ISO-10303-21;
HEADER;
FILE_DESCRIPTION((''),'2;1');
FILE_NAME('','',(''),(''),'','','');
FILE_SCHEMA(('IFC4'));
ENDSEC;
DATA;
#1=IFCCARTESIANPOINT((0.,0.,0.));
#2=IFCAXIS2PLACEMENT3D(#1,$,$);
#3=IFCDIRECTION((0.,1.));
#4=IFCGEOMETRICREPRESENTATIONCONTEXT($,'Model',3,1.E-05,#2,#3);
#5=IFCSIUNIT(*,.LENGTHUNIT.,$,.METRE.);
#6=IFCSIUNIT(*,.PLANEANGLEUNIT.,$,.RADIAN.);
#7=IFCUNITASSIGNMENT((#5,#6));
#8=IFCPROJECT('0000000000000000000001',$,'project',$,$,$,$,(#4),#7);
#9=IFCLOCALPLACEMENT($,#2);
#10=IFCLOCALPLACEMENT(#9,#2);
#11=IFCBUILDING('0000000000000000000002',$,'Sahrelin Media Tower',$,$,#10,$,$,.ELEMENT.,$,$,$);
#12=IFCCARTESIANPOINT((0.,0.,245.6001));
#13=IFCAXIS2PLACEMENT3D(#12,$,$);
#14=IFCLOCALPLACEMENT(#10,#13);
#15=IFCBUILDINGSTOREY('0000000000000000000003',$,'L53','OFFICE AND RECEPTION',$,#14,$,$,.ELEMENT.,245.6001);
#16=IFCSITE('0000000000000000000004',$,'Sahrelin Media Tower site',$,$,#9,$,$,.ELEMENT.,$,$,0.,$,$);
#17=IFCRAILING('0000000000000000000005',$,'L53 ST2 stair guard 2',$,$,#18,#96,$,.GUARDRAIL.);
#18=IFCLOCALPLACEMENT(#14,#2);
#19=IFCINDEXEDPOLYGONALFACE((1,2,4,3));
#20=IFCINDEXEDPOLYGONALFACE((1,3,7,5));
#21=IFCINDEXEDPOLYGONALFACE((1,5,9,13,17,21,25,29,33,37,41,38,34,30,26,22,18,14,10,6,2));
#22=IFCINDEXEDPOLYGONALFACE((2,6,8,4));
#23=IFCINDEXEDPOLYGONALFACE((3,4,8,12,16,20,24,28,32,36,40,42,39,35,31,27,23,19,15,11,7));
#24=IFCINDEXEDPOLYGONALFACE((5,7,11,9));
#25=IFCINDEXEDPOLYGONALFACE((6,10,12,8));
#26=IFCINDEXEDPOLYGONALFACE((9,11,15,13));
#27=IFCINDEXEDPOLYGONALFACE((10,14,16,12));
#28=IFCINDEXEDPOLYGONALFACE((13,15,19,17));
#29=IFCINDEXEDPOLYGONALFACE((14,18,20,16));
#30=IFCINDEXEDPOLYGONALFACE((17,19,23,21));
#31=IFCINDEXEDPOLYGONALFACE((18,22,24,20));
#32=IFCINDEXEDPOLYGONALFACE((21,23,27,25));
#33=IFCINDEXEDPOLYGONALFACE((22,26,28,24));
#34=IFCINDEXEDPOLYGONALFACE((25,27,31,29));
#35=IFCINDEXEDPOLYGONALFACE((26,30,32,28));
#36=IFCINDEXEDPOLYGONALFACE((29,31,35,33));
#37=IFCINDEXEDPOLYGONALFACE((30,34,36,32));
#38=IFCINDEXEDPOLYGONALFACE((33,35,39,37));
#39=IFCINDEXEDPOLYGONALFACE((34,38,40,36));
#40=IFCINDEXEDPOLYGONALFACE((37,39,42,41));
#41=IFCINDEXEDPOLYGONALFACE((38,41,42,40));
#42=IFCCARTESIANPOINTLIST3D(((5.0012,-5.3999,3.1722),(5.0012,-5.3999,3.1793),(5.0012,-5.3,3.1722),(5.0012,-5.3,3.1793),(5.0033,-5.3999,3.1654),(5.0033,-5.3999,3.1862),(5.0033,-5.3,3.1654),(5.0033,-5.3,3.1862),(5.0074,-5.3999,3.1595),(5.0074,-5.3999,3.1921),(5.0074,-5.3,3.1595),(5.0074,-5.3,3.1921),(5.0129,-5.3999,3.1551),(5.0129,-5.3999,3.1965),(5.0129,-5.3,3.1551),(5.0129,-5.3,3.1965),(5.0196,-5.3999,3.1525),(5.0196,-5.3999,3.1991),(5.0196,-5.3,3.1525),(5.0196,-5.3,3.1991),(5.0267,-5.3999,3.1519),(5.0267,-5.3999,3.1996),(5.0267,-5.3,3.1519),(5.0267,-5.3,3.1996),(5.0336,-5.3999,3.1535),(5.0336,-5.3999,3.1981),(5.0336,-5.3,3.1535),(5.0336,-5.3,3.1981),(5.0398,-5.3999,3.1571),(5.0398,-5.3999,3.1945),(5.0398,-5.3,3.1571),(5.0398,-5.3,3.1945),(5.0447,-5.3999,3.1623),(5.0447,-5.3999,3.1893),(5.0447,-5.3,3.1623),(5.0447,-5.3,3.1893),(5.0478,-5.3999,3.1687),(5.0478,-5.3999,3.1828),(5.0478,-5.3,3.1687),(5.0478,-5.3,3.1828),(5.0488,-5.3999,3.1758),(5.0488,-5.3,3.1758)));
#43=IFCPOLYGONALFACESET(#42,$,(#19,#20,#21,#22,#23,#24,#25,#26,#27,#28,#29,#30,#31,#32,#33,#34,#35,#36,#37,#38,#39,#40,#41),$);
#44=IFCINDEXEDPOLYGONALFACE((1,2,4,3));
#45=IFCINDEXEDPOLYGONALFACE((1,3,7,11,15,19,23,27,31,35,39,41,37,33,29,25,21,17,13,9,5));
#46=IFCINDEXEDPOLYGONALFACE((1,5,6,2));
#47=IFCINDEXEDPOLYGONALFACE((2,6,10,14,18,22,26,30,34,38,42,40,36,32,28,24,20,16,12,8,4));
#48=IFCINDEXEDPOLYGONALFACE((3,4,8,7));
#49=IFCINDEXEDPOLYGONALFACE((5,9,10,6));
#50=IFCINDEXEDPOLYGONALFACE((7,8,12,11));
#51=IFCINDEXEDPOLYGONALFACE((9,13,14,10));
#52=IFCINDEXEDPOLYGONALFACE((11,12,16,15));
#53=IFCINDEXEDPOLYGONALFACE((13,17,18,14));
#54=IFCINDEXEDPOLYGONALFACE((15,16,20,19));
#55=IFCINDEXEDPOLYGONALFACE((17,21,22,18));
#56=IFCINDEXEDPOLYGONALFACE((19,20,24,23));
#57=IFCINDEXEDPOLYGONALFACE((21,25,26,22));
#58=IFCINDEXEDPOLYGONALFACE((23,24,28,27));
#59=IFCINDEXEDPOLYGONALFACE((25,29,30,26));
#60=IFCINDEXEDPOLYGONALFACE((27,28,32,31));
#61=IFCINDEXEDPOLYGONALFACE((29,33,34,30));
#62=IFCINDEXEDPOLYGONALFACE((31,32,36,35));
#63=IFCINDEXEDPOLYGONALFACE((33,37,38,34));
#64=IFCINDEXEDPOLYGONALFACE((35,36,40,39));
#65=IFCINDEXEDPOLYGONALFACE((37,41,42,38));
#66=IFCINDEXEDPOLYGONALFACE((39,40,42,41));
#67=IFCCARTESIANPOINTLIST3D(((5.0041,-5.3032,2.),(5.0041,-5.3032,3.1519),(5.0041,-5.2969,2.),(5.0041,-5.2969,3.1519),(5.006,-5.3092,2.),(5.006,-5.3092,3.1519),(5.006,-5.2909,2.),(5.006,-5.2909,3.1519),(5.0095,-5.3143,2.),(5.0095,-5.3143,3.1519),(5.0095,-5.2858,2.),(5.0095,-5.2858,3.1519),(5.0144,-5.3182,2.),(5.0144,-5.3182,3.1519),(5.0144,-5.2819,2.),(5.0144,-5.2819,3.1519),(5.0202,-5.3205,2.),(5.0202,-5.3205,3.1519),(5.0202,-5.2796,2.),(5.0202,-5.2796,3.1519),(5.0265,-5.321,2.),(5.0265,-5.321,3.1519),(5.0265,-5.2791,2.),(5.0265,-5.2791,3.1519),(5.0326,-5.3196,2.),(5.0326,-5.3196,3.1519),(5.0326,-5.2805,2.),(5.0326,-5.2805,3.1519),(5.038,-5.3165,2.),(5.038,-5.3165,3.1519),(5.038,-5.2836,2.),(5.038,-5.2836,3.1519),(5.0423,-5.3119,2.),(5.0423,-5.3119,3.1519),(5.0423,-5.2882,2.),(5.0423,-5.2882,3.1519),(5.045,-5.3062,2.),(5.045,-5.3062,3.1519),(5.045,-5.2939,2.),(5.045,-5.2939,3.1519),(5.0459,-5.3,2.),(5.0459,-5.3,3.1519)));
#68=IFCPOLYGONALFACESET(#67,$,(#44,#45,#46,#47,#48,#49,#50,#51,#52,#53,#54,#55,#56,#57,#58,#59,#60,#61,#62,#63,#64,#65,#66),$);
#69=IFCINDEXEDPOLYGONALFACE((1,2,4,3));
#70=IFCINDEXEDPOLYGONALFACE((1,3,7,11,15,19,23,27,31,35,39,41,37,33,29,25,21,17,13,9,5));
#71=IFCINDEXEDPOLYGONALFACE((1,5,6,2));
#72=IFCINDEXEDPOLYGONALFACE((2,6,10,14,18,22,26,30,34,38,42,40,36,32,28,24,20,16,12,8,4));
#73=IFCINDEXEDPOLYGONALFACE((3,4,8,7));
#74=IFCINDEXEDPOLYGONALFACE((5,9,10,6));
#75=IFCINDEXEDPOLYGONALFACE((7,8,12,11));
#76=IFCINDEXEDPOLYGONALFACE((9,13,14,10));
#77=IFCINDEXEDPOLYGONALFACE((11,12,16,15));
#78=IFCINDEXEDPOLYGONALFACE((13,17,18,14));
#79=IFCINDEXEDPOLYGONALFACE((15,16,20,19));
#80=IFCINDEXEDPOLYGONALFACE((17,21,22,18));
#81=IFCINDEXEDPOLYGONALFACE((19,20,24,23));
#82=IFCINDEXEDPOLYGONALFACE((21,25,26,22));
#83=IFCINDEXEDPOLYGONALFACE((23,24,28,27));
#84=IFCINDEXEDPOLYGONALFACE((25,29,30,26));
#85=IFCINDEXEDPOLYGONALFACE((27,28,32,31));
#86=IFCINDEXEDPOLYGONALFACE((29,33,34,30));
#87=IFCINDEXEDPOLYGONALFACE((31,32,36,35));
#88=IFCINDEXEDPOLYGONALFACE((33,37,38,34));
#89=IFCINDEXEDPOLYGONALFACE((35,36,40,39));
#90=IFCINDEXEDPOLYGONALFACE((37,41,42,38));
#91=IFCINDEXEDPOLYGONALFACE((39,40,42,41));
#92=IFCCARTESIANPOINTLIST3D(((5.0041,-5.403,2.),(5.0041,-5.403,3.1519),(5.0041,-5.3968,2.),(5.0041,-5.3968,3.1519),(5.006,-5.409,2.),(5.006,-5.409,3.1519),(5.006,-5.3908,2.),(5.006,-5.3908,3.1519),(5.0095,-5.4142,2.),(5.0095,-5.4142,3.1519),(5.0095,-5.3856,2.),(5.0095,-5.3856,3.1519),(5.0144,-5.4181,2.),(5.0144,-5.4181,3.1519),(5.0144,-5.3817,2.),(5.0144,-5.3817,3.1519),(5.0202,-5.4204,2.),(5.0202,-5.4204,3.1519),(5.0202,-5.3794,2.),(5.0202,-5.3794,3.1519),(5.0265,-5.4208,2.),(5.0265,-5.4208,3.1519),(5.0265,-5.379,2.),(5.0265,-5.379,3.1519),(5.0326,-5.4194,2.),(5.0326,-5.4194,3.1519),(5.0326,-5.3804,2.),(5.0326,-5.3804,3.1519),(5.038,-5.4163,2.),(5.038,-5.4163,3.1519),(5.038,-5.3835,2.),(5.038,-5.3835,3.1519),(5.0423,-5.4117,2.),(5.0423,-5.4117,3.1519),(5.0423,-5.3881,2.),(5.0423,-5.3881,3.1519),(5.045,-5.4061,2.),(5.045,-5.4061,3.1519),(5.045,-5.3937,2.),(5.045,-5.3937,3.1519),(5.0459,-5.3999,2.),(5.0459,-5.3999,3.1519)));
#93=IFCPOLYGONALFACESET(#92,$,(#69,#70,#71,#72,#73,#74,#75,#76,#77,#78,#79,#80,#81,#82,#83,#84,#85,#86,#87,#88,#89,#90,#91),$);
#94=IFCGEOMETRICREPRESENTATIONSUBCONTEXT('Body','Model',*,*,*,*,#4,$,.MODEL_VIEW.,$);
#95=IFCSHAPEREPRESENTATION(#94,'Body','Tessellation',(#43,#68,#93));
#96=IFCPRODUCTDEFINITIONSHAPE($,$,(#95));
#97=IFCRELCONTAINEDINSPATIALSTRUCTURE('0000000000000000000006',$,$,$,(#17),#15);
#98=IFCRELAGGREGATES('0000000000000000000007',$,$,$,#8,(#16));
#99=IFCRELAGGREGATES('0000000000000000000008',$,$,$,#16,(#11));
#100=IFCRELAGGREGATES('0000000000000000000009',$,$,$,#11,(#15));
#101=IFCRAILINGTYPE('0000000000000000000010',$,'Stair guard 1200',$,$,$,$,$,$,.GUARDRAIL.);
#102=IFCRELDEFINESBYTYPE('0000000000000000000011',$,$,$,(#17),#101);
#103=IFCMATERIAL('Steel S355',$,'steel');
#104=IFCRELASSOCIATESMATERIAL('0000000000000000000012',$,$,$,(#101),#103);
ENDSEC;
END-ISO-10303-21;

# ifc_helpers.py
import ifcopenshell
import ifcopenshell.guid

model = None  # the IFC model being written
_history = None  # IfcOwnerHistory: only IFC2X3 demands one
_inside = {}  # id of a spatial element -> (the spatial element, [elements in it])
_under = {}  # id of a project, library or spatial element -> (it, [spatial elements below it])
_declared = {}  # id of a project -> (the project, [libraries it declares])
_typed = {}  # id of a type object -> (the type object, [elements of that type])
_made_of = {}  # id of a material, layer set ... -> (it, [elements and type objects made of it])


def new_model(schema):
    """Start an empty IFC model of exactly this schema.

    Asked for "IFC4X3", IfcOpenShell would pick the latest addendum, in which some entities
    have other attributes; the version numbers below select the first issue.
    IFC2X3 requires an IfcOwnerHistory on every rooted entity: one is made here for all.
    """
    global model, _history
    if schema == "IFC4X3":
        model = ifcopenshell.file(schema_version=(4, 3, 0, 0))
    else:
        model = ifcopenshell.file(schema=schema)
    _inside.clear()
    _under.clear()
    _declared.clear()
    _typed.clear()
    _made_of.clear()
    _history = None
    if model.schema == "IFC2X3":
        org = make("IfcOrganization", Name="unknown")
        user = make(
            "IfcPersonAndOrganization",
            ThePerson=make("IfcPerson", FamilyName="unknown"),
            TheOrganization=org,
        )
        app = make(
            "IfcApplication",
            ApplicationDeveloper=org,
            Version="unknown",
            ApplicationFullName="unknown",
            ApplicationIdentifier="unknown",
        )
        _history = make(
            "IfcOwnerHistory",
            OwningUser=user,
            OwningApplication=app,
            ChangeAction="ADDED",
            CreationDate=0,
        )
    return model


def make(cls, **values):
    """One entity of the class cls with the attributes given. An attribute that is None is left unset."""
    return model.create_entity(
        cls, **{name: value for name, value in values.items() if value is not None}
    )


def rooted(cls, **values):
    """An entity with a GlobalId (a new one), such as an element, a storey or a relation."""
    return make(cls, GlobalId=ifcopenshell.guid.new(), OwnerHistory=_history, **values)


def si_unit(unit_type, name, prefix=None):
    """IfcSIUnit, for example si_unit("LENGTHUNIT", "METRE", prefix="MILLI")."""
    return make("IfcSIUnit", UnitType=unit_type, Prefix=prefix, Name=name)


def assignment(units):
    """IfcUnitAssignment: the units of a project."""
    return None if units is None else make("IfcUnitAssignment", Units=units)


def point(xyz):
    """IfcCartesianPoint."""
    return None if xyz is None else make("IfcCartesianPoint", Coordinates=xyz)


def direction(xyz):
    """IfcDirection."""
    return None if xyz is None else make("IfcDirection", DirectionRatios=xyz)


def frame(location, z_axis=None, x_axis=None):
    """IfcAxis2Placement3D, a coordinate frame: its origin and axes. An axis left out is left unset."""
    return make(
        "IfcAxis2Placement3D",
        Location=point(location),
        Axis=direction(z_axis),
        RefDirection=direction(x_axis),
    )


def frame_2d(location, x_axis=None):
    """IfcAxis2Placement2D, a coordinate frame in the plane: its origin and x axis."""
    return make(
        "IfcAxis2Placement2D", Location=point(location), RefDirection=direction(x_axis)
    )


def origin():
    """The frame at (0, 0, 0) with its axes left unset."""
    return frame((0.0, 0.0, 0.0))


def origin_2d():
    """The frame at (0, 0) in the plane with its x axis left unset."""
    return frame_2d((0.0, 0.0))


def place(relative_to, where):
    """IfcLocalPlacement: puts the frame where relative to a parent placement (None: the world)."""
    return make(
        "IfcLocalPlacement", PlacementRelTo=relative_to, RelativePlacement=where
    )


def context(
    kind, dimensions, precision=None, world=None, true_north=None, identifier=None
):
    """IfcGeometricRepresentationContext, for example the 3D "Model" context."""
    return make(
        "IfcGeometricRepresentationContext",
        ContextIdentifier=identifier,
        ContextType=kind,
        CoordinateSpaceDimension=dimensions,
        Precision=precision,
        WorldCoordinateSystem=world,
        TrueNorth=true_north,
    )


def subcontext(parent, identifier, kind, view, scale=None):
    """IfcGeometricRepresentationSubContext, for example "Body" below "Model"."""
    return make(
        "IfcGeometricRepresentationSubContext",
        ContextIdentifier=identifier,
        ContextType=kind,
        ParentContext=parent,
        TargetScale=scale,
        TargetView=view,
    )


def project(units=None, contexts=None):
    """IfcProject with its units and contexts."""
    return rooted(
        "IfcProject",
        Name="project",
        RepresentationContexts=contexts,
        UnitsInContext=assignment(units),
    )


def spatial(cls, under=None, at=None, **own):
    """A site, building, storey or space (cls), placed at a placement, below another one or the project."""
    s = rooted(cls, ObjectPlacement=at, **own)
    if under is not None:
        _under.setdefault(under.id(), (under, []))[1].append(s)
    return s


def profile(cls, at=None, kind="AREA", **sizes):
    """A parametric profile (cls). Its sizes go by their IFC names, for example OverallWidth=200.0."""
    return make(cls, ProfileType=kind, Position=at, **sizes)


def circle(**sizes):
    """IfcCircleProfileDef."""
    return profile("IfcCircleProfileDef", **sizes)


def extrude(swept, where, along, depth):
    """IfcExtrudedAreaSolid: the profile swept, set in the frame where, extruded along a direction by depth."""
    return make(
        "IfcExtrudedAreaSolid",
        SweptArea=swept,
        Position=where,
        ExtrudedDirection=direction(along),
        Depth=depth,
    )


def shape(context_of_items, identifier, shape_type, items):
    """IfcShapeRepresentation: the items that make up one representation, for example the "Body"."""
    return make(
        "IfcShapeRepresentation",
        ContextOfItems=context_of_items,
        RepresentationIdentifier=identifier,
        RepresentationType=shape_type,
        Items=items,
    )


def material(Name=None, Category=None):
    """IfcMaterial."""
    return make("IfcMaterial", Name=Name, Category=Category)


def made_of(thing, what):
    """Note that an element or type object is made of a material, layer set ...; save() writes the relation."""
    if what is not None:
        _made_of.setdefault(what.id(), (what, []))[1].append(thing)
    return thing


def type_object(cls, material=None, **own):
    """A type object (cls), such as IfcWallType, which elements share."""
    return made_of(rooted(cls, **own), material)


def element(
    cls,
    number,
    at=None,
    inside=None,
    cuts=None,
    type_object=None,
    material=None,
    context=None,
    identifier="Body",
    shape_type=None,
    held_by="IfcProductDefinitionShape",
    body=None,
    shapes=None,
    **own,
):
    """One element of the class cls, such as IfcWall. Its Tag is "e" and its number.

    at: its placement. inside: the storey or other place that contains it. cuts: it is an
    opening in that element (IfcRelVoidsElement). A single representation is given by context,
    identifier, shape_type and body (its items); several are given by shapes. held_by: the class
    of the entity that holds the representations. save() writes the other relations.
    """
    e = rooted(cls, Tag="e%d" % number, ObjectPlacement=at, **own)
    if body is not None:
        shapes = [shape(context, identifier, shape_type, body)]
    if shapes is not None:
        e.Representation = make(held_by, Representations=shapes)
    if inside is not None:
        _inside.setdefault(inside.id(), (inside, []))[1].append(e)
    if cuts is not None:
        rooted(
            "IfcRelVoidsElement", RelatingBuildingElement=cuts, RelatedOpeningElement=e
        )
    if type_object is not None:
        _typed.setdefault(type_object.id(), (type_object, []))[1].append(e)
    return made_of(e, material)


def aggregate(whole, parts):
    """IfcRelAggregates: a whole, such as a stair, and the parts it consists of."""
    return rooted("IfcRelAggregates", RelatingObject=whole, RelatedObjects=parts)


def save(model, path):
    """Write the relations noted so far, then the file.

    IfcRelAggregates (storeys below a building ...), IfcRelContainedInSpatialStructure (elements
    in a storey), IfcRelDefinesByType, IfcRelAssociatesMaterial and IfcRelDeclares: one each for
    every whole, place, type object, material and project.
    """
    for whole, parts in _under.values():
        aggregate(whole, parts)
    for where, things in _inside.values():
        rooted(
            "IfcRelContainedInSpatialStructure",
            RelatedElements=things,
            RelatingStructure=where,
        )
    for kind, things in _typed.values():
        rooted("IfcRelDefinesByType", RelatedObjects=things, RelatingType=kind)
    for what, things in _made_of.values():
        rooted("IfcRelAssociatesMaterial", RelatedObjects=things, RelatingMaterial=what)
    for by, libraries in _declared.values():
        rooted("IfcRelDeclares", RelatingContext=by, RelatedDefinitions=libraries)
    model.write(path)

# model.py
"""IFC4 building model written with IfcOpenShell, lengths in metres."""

from ifc_helpers import new_model, si_unit, direction, frame, origin, origin_2d, place, context, subcontext, project, spatial, circle, extrude, material, type_object, element, save


model = new_model("IFC4")

# Units and contexts
model_context = context("Model", 3, precision=1e-05, world=origin(), true_north=direction((0.0, 1.0)))
body_context = subcontext(model_context, "Body", "Model", "MODEL_VIEW")
ifc_project = project(units=[si_unit("LENGTHUNIT", "METRE"), si_unit("PLANEANGLEUNIT", "RADIAN")], contexts=[model_context])

# Site, building, storey
site_placement = place(None, origin())
site = spatial("IfcSite", under=ifc_project, at=site_placement, Name="Sahrelin Media Tower site", CompositionType="ELEMENT", RefElevation=0.0)
building_placement = place(site_placement, origin())
building = spatial("IfcBuilding", under=site, at=building_placement, Name="Sahrelin Media Tower", CompositionType="ELEMENT")
storey_placement = place(building_placement, frame((0.0, 0.0, 245.6001)))
storey = spatial("IfcBuildingStorey", under=building, at=storey_placement, Name="L53", Description="OFFICE AND RECEPTION", CompositionType="ELEMENT", Elevation=245.6001)

# Shared definitions
ifc_material_1 = material(Name="Steel S355", Category="steel")

# Railing
railing_type_1 = type_object("IfcRailingType", Name="Stair guard 1200", PredefinedType="GUARDRAIL", material=ifc_material_1)
railing_1_placement = place(storey_placement, frame((5.0249, -5.3, 2.0)))
element("IfcRailing", 1, at=railing_1_placement, inside=storey, type_object=railing_type_1, Name="L53 ST2 stair guard 2", PredefinedType="GUARDRAIL", context=body_context, shape_type="SweptSolid", body=[
    extrude(circle(Radius=0.0239, at=origin_2d()), frame((0.0, 0.0, 1.1758), z_axis=(0.0, -1.0, 0.0), x_axis=(1.0, 0.0, 0.0)), (0.0, 0.0, 1.0), 0.0999),
    extrude(circle(Radius=0.021, at=origin_2d()), origin(), (0.0, 0.0, 1.0), 1.1519),
    extrude(circle(Radius=0.021, at=origin_2d()), frame((0.0, -0.0999, 0.0)), (0.0, 0.0, 1.0), 1.1519),
])

save(model, "model.ifc")
